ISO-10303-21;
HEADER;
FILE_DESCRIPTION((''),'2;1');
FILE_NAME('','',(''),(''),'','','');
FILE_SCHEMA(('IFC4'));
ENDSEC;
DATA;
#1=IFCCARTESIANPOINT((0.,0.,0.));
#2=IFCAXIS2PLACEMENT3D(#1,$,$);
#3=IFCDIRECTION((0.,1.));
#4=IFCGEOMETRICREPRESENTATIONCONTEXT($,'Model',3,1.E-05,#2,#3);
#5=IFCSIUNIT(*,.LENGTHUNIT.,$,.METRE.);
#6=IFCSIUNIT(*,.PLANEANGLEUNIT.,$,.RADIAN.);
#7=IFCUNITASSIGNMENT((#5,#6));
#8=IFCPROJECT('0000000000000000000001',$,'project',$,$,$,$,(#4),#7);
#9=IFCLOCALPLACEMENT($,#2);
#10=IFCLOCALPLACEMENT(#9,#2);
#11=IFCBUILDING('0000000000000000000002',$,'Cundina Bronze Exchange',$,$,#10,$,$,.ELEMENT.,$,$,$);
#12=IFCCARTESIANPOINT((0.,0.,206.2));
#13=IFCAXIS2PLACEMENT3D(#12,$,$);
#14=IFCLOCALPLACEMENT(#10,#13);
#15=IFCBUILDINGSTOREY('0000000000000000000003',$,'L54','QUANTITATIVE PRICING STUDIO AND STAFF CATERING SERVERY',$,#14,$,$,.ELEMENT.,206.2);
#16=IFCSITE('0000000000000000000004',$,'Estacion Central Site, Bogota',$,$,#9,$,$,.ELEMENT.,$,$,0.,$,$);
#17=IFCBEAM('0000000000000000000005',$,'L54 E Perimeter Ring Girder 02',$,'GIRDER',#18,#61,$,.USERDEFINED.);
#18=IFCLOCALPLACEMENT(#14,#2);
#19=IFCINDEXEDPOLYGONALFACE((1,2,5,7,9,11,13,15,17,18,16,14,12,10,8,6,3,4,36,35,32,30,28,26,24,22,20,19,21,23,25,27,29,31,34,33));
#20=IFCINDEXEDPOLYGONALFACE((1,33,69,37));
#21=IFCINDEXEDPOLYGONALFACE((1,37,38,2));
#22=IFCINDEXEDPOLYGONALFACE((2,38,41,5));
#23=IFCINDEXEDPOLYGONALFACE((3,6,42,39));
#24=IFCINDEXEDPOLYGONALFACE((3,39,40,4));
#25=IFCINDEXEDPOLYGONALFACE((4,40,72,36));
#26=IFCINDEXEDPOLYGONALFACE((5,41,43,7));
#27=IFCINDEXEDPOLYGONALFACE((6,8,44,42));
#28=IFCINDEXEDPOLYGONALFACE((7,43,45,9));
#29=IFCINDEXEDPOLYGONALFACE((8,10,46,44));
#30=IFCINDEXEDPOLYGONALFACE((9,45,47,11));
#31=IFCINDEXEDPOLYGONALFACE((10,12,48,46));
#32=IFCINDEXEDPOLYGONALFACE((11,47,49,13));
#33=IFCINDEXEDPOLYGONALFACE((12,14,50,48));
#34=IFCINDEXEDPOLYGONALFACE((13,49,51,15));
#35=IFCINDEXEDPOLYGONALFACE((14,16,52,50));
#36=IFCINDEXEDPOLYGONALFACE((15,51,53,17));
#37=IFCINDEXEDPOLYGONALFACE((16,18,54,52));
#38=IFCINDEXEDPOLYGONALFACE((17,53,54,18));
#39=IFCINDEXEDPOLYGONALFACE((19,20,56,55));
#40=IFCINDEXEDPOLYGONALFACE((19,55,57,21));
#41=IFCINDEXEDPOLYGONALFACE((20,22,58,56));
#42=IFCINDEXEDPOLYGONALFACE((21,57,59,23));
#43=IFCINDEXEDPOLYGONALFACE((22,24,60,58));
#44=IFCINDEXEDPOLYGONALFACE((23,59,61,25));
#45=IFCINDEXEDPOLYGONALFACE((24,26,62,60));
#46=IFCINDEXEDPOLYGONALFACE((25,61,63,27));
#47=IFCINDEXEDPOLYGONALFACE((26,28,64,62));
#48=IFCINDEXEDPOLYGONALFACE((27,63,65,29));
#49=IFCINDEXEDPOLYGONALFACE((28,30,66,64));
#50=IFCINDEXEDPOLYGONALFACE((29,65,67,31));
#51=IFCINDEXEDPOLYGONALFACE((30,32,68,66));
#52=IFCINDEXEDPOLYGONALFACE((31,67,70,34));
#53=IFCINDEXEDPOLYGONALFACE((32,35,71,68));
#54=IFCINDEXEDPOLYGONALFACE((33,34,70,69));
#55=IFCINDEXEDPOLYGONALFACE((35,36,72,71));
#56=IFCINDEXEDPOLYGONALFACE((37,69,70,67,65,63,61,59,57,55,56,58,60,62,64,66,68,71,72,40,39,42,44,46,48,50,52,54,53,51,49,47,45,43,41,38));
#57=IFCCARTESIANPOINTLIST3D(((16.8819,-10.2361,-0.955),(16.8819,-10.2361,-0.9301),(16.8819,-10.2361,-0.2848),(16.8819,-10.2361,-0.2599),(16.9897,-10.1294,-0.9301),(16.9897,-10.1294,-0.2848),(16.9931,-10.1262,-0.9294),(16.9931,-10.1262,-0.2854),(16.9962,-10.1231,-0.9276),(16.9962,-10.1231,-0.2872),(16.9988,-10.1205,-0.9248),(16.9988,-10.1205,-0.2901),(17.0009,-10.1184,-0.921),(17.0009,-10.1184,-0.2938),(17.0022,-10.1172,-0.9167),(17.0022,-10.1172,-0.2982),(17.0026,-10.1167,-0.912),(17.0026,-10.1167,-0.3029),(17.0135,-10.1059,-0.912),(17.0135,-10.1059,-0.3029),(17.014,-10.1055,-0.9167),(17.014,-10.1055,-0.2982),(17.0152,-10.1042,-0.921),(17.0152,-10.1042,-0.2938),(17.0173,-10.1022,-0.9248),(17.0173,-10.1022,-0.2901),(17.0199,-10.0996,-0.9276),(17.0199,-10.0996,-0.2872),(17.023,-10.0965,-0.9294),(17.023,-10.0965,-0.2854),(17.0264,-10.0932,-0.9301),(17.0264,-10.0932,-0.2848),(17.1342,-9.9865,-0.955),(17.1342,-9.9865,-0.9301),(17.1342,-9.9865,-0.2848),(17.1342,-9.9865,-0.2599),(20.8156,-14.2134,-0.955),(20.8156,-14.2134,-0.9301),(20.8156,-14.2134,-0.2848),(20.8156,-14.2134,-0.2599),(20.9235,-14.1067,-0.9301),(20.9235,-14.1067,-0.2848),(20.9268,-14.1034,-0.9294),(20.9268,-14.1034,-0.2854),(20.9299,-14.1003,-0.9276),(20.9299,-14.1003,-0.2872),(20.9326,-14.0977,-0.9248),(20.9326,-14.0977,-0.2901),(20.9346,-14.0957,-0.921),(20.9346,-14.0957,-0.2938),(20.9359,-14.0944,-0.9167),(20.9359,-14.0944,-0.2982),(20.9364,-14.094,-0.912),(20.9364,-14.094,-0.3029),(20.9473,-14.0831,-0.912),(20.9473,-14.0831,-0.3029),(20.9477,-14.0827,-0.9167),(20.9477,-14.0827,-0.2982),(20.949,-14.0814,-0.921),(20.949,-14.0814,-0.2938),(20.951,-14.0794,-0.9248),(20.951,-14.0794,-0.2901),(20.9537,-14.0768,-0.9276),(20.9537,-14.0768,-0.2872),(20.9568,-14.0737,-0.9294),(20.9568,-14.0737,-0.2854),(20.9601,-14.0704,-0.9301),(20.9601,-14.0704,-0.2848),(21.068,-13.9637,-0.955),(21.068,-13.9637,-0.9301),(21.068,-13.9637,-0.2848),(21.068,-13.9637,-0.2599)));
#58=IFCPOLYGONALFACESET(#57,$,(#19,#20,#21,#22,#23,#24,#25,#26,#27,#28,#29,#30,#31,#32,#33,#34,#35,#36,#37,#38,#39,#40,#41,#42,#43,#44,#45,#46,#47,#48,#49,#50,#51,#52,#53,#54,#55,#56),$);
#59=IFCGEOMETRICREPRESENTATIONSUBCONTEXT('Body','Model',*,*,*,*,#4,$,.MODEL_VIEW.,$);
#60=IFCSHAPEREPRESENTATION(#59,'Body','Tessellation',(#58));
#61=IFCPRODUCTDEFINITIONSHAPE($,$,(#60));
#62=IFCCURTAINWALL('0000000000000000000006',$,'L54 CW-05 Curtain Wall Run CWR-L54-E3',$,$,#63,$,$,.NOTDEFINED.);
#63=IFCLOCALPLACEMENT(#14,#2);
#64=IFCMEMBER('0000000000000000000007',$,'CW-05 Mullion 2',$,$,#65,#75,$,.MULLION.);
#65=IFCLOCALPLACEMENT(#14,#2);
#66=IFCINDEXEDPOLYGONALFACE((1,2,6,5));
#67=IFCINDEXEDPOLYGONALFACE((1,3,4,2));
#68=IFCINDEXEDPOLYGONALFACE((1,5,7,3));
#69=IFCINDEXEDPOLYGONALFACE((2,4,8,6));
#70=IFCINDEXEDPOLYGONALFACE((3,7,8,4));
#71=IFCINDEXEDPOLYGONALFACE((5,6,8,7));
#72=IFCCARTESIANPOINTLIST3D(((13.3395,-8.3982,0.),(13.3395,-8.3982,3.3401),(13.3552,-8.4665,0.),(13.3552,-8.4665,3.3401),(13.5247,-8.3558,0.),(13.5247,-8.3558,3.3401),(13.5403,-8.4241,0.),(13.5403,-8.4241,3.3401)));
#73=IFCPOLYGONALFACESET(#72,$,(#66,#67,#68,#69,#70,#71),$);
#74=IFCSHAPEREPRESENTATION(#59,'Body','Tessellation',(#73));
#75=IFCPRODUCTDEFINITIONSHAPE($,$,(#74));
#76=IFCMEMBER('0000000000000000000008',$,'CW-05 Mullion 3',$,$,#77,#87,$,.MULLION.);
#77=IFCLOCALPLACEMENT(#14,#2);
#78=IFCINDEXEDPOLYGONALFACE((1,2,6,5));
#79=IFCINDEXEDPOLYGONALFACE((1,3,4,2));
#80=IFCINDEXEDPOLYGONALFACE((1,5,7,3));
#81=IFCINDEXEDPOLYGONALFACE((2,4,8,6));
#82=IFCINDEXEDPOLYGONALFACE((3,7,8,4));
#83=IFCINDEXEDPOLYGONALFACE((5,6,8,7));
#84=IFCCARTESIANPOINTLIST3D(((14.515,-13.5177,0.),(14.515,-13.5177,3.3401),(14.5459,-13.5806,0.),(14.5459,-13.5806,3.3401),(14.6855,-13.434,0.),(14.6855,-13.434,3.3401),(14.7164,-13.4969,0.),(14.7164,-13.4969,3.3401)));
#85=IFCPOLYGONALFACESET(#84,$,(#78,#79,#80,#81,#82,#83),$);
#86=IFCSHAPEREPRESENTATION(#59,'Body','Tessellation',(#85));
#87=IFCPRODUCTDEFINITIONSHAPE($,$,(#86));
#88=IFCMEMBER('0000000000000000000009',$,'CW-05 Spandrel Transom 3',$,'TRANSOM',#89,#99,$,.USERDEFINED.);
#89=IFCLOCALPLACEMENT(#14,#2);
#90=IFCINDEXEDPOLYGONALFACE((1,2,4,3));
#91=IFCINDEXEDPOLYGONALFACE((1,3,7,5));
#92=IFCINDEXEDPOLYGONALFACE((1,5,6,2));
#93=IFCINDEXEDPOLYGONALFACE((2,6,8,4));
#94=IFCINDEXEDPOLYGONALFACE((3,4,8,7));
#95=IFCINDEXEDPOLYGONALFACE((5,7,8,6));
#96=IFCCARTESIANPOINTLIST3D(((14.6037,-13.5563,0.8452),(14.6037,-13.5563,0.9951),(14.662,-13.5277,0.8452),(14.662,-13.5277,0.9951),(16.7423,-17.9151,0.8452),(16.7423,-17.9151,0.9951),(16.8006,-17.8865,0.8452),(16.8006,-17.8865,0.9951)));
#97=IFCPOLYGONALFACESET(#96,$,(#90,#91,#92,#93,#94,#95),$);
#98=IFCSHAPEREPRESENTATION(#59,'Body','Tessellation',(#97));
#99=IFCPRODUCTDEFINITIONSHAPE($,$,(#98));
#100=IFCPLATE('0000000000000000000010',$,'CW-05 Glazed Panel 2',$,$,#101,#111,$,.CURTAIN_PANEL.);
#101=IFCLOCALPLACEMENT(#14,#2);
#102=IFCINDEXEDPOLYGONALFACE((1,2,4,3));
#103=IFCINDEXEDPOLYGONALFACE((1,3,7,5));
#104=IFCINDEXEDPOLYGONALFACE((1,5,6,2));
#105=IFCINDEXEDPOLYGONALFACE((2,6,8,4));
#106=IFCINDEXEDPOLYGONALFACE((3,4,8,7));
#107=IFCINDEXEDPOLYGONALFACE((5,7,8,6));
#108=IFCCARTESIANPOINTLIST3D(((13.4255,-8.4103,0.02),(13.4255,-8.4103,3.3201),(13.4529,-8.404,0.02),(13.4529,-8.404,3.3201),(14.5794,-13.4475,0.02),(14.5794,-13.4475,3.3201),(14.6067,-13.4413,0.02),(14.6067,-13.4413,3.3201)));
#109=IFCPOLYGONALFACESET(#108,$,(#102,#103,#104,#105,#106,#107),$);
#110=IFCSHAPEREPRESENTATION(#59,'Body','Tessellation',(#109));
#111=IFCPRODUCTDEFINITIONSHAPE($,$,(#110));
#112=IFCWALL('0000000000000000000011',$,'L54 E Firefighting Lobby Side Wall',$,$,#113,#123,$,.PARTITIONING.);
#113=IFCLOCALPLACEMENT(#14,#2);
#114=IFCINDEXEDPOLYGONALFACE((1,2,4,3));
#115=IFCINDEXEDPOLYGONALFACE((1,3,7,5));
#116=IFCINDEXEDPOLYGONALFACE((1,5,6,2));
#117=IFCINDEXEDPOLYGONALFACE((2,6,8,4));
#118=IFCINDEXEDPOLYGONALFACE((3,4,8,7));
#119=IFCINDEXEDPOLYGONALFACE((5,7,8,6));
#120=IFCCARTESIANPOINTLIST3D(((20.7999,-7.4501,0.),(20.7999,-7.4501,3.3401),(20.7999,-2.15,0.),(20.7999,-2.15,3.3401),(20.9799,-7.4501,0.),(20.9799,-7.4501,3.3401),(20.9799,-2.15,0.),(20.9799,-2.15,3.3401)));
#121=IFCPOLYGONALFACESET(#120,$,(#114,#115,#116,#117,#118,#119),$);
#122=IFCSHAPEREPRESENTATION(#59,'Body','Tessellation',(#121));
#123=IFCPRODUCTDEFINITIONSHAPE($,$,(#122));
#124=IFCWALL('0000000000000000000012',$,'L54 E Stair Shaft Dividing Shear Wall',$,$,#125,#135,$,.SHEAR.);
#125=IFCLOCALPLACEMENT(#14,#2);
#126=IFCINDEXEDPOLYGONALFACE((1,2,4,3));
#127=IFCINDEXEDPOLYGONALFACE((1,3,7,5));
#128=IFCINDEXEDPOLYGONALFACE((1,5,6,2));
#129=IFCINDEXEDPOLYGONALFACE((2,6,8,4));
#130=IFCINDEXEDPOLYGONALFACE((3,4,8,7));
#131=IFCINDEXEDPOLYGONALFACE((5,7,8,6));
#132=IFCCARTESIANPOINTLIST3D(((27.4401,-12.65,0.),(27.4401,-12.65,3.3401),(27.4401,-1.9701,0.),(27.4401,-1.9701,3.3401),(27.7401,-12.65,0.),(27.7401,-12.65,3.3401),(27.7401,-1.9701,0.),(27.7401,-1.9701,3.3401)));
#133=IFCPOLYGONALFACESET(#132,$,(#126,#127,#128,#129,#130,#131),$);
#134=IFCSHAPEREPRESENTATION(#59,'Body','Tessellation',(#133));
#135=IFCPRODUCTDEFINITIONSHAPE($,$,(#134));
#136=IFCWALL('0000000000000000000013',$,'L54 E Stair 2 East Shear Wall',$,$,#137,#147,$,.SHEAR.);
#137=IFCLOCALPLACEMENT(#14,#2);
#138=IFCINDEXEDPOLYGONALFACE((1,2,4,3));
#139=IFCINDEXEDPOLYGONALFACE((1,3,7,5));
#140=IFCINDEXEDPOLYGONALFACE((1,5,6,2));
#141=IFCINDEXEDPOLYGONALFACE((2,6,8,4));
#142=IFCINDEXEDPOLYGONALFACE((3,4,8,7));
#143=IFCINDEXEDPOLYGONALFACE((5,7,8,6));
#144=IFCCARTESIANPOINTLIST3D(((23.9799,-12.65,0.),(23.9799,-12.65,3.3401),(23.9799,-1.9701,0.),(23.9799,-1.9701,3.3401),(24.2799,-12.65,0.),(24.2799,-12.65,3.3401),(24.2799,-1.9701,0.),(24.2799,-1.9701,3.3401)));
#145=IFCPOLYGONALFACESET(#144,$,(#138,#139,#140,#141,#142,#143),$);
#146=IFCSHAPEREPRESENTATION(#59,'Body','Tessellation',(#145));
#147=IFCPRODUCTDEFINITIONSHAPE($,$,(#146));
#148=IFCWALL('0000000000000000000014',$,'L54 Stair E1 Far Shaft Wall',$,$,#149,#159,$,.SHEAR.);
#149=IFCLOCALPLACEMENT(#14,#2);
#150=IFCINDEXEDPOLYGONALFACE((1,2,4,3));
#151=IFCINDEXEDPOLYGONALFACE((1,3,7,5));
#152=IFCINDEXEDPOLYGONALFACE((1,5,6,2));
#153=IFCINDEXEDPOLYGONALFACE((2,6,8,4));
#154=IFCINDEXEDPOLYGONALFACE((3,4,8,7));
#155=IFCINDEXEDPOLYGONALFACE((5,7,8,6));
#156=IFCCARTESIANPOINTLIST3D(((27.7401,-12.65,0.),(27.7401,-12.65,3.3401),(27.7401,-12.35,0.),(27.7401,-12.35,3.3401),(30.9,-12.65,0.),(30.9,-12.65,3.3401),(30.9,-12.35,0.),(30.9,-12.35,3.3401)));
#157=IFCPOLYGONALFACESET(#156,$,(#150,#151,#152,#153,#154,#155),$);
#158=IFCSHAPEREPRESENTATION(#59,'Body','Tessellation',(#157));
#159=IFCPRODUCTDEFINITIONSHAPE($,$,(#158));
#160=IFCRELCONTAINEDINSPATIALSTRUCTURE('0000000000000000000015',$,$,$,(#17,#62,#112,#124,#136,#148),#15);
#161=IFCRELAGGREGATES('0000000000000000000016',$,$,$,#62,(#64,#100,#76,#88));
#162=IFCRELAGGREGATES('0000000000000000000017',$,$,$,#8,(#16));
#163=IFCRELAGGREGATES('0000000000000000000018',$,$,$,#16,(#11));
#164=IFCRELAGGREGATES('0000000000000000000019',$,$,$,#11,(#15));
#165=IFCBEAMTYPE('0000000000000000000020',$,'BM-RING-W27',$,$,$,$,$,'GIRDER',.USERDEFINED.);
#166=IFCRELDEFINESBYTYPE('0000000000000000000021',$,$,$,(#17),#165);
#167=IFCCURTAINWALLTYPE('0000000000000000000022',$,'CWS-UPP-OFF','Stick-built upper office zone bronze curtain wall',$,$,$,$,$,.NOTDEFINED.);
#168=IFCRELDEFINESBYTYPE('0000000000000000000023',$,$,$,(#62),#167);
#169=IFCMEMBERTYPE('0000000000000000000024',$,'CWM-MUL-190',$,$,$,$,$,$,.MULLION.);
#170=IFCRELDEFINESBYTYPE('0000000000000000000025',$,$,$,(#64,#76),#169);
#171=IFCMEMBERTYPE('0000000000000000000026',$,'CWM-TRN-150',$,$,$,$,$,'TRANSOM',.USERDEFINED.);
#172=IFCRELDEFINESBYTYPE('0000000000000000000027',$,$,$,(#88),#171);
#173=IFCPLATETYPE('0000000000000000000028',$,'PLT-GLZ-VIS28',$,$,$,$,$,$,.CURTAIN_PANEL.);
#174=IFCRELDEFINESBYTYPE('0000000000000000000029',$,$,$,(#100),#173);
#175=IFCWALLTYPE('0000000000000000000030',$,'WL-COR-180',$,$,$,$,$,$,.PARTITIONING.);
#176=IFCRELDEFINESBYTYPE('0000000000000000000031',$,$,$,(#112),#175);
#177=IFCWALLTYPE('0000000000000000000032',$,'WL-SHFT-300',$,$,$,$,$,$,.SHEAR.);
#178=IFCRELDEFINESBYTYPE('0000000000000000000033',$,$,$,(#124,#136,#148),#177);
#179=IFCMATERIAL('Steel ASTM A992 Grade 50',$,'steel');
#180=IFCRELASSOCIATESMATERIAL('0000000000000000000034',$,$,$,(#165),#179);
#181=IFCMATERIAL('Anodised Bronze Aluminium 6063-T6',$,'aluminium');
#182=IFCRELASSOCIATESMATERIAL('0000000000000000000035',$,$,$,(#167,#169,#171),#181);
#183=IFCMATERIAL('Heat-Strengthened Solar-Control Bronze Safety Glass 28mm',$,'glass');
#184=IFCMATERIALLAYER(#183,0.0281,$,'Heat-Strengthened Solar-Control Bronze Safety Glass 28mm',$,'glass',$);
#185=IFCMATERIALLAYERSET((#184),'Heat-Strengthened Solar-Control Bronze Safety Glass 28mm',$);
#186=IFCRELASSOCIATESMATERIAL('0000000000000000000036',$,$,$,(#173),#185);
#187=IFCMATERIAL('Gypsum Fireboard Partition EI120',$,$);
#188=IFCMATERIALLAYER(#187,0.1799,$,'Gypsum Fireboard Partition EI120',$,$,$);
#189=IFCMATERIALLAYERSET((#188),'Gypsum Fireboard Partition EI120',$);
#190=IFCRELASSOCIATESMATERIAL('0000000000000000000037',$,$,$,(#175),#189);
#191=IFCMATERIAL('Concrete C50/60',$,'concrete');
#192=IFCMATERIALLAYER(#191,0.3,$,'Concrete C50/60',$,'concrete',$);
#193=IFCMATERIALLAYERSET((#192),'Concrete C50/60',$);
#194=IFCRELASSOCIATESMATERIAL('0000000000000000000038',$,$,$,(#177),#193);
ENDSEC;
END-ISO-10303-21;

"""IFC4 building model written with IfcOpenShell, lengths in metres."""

from ifc_helpers import new_model, si_unit, direction, frame, frame_2d, origin, origin_2d, place, context, subcontext, project, spatial, rectangle, i_section, extrude, material, layer, layer_set, material_profile, profile_set, type_object, element, aggregate, save


model = new_model("IFC4")

# Units and contexts
model_context = context("Model", 3, precision=1e-05, world=origin(), true_north=direction((0.0, 1.0)))
body_context = subcontext(model_context, "Body", "Model", "MODEL_VIEW")
ifc_project = project(units=[si_unit("LENGTHUNIT", "METRE"), si_unit("PLANEANGLEUNIT", "RADIAN")], contexts=[model_context])

# Site, building, storey
site_placement = place(None, origin())
site = spatial("IfcSite", under=ifc_project, at=site_placement, Name="Estacion Central Site, Bogota", CompositionType="ELEMENT", RefElevation=0.0)
building_placement = place(site_placement, origin())
building = spatial("IfcBuilding", under=site, at=building_placement, Name="Cundina Bronze Exchange", CompositionType="ELEMENT")
storey_placement = place(building_placement, frame((0.0, 0.0, 206.2)))
storey = spatial("IfcBuildingStorey", under=building, at=storey_placement, Name="L54", Description="QUANTITATIVE PRICING STUDIO AND STAFF CATERING SERVERY", CompositionType="ELEMENT", Elevation=206.2)

# Shared definitions
ifc_material_1 = material(Name="Concrete C50/60", Category="concrete")

# Beam
ifc_material_2 = material(Name="Steel ASTM A992 Grade 50", Category="steel")
ifc_material_profile_1 = material_profile(ifc_material_2, i_section(OverallWidth=0.355, OverallDepth=0.6951, WebThickness=0.0154, FlangeThickness=0.0249, FilletRadius=0.0181, at=origin_2d()), Name="W27X146", Category="steel")
ifc_profile_set_1 = profile_set([ifc_material_profile_1], Name="Steel ASTM A992 Grade 50")
beam_type_1 = type_object("IfcBeamType", Name="BM-RING-W27", ElementType="GIRDER", PredefinedType="USERDEFINED", material=ifc_profile_set_1)
beam_1_placement = place(storey_placement, frame((17.0081, -10.1113, -0.6074), z_axis=(0.703212, -0.71098, 0.0), x_axis=(0.71098, 0.703212, 0.0)))
element("IfcBeam", 1, at=beam_1_placement, inside=storey, type_object=beam_type_1, Name="L54 E Perimeter Ring Girder 02", ObjectType="GIRDER", PredefinedType="USERDEFINED", context=body_context, shape_type="SweptSolid", body=[
    extrude(i_section(OverallWidth=0.355, OverallDepth=0.6951, WebThickness=0.0154, FlangeThickness=0.0249, FilletRadius=0.0181, at=origin_2d()), origin(), (0.0, 0.0, 1.0), 5.594),
])

# Curtain wall, members, plate
ifc_material_3 = material(Name="Anodised Bronze Aluminium 6063-T6", Category="aluminium")
curtain_wall_type = type_object("IfcCurtainWallType", Name="CWS-UPP-OFF", Description="Stick-built upper office zone bronze curtain wall", PredefinedType="NOTDEFINED", material=ifc_material_3)
curtain_wall_placement = place(storey_placement, origin())
curtain_wall = element("IfcCurtainWall", 2, at=curtain_wall_placement, inside=storey, type_object=curtain_wall_type, Name="L54 CW-05 Curtain Wall Run CWR-L54-E3", PredefinedType="NOTDEFINED")
ifc_material_profile_2 = material_profile(ifc_material_3, rectangle(XDim=0.0701, YDim=0.1899, at=origin_2d()), Name="AL70X190", Category="aluminium")
ifc_profile_set_2 = profile_set([ifc_material_profile_2], Name="Anodised Bronze Aluminium 6063-T6")
member_type_1 = type_object("IfcMemberType", Name="CWM-MUL-190", PredefinedType="MULLION", material=ifc_profile_set_2)
member_1_placement = place(storey_placement, frame((13.4399, -8.4111, 0.0), z_axis=(0.0, 0.0, 1.0), x_axis=(0.22325, -0.974761, 0.0)))
member_1 = element("IfcMember", 3, at=member_1_placement, type_object=member_type_1, Name="CW-05 Mullion 2", PredefinedType="MULLION", context=body_context, shape_type="SweptSolid", body=[
    extrude(rectangle(XDim=0.0701, YDim=0.1899, at=origin_2d()), origin(), (0.0, 0.0, 1.0), 3.3401),
])
member_2_placement = place(storey_placement, frame((14.6157, -13.5073, 0.0), z_axis=(0.0, 0.0, 1.0), x_axis=(0.440566, -0.89772, 0.0)))
member_2 = element("IfcMember", 4, at=member_2_placement, type_object=member_type_1, Name="CW-05 Mullion 3", PredefinedType="MULLION", context=body_context, shape_type="SweptSolid", body=[
    extrude(rectangle(XDim=0.0701, YDim=0.1899, at=origin_2d()), origin(), (0.0, 0.0, 1.0), 3.3401),
])
ifc_material_profile_3 = material_profile(ifc_material_3, rectangle(XDim=0.0649, YDim=0.1499, at=origin_2d()), Name="AL65X150", Category="aluminium")
ifc_profile_set_3 = profile_set([ifc_material_profile_3], Name="Anodised Bronze Aluminium 6063-T6")
member_type_2 = type_object("IfcMemberType", Name="CWM-TRN-150", ElementType="TRANSOM", PredefinedType="USERDEFINED", material=ifc_profile_set_3)
member_3_placement = place(storey_placement, frame((14.6328, -13.542, 0.9202), z_axis=(0.440483, -0.897761, 0.0), x_axis=(0.897761, 0.440483, 0.0)))
member_3 = element("IfcMember", 5, at=member_3_placement, type_object=member_type_2, Name="CW-05 Spandrel Transom 3", ObjectType="TRANSOM", PredefinedType="USERDEFINED", context=body_context, shape_type="SweptSolid", body=[
    extrude(rectangle(XDim=0.0649, YDim=0.1499, at=origin_2d()), origin(), (0.0, 0.0, 1.0), 4.8552),
])
ifc_material_4 = material(Name="Heat-Strengthened Solar-Control Bronze Safety Glass 28mm", Category="glass")
ifc_layer_1 = layer(ifc_material_4, 0.0281, Name="Heat-Strengthened Solar-Control Bronze Safety Glass 28mm", Category="glass")
ifc_layer_set_1 = layer_set([ifc_layer_1], Name="Heat-Strengthened Solar-Control Bronze Safety Glass 28mm")
plate_type = type_object("IfcPlateType", Name="PLT-GLZ-VIS28", PredefinedType="CURTAIN_PANEL", material=ifc_layer_set_1)
plate_placement = place(storey_placement, frame((14.0161, -10.9258, 0.02), z_axis=(0.0, 0.0, 1.0), x_axis=(0.223284, -0.974753, 0.0)))
plate = element("IfcPlate", 6, at=plate_placement, type_object=plate_type, Name="CW-05 Glazed Panel 2", PredefinedType="CURTAIN_PANEL", context=body_context, shape_type="SweptSolid", body=[
    extrude(rectangle(XDim=5.1677, YDim=0.0281, at=origin_2d()), origin(), (0.0, 0.0, 1.0), 3.3),
])
aggregate(curtain_wall, [member_1, plate, member_2, member_3])

# Walls
ifc_material_5 = material(Name="Gypsum Fireboard Partition EI120")
ifc_layer_2 = layer(ifc_material_5, 0.1799, Name="Gypsum Fireboard Partition EI120")
ifc_layer_set_2 = layer_set([ifc_layer_2], Name="Gypsum Fireboard Partition EI120")
wall_type_1 = type_object("IfcWallType", Name="WL-COR-180", PredefinedType="PARTITIONING", material=ifc_layer_set_2)
wall_1_placement = place(storey_placement, frame((20.8899, -7.45, 0.0), z_axis=(0.0, 0.0, 1.0), x_axis=(0.0, 1.0, 0.0)))
element("IfcWall", 7, at=wall_1_placement, inside=storey, type_object=wall_type_1, Name="L54 E Firefighting Lobby Side Wall", PredefinedType="PARTITIONING", context=body_context, shape_type="SweptSolid", body=[
    extrude(rectangle(XDim=5.3, YDim=0.1799, at=frame_2d((2.6499, 0.0))), origin(), (0.0, 0.0, 1.0), 3.3401),
])
ifc_layer_3 = layer(ifc_material_1, 0.3, Name="Concrete C50/60", Category="concrete")
ifc_layer_set_3 = layer_set([ifc_layer_3], Name="Concrete C50/60")
wall_type_2 = type_object("IfcWallType", Name="WL-SHFT-300", PredefinedType="SHEAR", material=ifc_layer_set_3)
for number, where, z_axis, x_axis, name in (
    (8, (27.5901, -12.6499, 0.0), (0.0, 0.0, 1.0), (0.0, 1.0, 0.0), "L54 E Stair Shaft Dividing Shear Wall"),
    (9, (24.1299, -12.6499, 0.0), (0.0, 0.0, 1.0), (0.0, 1.0, 0.0), "L54 E Stair 2 East Shear Wall"),
):
    element("IfcWall", number, at=place(storey_placement, frame(where, z_axis=z_axis, x_axis=x_axis)), inside=storey, type_object=wall_type_2, Name=name, PredefinedType="SHEAR", context=body_context, shape_type="SweptSolid", body=[
        extrude(rectangle(XDim=10.6799, YDim=0.3, at=frame_2d((5.3398, 0.0))), origin(), (0.0, 0.0, 1.0), 3.3401),
    ])
wall_2_placement = place(storey_placement, frame((27.74, -12.5, 0.0), z_axis=(0.0, 0.0, 1.0), x_axis=(1.0, 0.0, 0.0)))
element("IfcWall", 10, at=wall_2_placement, inside=storey, type_object=wall_type_2, Name="L54 Stair E1 Far Shaft Wall", PredefinedType="SHEAR", context=body_context, shape_type="SweptSolid", body=[
    extrude(rectangle(XDim=3.1599, YDim=0.3, at=frame_2d((1.5801, 0.0))), origin(), (0.0, 0.0, 1.0), 3.3401),
])

save(model, "model.ifc")
